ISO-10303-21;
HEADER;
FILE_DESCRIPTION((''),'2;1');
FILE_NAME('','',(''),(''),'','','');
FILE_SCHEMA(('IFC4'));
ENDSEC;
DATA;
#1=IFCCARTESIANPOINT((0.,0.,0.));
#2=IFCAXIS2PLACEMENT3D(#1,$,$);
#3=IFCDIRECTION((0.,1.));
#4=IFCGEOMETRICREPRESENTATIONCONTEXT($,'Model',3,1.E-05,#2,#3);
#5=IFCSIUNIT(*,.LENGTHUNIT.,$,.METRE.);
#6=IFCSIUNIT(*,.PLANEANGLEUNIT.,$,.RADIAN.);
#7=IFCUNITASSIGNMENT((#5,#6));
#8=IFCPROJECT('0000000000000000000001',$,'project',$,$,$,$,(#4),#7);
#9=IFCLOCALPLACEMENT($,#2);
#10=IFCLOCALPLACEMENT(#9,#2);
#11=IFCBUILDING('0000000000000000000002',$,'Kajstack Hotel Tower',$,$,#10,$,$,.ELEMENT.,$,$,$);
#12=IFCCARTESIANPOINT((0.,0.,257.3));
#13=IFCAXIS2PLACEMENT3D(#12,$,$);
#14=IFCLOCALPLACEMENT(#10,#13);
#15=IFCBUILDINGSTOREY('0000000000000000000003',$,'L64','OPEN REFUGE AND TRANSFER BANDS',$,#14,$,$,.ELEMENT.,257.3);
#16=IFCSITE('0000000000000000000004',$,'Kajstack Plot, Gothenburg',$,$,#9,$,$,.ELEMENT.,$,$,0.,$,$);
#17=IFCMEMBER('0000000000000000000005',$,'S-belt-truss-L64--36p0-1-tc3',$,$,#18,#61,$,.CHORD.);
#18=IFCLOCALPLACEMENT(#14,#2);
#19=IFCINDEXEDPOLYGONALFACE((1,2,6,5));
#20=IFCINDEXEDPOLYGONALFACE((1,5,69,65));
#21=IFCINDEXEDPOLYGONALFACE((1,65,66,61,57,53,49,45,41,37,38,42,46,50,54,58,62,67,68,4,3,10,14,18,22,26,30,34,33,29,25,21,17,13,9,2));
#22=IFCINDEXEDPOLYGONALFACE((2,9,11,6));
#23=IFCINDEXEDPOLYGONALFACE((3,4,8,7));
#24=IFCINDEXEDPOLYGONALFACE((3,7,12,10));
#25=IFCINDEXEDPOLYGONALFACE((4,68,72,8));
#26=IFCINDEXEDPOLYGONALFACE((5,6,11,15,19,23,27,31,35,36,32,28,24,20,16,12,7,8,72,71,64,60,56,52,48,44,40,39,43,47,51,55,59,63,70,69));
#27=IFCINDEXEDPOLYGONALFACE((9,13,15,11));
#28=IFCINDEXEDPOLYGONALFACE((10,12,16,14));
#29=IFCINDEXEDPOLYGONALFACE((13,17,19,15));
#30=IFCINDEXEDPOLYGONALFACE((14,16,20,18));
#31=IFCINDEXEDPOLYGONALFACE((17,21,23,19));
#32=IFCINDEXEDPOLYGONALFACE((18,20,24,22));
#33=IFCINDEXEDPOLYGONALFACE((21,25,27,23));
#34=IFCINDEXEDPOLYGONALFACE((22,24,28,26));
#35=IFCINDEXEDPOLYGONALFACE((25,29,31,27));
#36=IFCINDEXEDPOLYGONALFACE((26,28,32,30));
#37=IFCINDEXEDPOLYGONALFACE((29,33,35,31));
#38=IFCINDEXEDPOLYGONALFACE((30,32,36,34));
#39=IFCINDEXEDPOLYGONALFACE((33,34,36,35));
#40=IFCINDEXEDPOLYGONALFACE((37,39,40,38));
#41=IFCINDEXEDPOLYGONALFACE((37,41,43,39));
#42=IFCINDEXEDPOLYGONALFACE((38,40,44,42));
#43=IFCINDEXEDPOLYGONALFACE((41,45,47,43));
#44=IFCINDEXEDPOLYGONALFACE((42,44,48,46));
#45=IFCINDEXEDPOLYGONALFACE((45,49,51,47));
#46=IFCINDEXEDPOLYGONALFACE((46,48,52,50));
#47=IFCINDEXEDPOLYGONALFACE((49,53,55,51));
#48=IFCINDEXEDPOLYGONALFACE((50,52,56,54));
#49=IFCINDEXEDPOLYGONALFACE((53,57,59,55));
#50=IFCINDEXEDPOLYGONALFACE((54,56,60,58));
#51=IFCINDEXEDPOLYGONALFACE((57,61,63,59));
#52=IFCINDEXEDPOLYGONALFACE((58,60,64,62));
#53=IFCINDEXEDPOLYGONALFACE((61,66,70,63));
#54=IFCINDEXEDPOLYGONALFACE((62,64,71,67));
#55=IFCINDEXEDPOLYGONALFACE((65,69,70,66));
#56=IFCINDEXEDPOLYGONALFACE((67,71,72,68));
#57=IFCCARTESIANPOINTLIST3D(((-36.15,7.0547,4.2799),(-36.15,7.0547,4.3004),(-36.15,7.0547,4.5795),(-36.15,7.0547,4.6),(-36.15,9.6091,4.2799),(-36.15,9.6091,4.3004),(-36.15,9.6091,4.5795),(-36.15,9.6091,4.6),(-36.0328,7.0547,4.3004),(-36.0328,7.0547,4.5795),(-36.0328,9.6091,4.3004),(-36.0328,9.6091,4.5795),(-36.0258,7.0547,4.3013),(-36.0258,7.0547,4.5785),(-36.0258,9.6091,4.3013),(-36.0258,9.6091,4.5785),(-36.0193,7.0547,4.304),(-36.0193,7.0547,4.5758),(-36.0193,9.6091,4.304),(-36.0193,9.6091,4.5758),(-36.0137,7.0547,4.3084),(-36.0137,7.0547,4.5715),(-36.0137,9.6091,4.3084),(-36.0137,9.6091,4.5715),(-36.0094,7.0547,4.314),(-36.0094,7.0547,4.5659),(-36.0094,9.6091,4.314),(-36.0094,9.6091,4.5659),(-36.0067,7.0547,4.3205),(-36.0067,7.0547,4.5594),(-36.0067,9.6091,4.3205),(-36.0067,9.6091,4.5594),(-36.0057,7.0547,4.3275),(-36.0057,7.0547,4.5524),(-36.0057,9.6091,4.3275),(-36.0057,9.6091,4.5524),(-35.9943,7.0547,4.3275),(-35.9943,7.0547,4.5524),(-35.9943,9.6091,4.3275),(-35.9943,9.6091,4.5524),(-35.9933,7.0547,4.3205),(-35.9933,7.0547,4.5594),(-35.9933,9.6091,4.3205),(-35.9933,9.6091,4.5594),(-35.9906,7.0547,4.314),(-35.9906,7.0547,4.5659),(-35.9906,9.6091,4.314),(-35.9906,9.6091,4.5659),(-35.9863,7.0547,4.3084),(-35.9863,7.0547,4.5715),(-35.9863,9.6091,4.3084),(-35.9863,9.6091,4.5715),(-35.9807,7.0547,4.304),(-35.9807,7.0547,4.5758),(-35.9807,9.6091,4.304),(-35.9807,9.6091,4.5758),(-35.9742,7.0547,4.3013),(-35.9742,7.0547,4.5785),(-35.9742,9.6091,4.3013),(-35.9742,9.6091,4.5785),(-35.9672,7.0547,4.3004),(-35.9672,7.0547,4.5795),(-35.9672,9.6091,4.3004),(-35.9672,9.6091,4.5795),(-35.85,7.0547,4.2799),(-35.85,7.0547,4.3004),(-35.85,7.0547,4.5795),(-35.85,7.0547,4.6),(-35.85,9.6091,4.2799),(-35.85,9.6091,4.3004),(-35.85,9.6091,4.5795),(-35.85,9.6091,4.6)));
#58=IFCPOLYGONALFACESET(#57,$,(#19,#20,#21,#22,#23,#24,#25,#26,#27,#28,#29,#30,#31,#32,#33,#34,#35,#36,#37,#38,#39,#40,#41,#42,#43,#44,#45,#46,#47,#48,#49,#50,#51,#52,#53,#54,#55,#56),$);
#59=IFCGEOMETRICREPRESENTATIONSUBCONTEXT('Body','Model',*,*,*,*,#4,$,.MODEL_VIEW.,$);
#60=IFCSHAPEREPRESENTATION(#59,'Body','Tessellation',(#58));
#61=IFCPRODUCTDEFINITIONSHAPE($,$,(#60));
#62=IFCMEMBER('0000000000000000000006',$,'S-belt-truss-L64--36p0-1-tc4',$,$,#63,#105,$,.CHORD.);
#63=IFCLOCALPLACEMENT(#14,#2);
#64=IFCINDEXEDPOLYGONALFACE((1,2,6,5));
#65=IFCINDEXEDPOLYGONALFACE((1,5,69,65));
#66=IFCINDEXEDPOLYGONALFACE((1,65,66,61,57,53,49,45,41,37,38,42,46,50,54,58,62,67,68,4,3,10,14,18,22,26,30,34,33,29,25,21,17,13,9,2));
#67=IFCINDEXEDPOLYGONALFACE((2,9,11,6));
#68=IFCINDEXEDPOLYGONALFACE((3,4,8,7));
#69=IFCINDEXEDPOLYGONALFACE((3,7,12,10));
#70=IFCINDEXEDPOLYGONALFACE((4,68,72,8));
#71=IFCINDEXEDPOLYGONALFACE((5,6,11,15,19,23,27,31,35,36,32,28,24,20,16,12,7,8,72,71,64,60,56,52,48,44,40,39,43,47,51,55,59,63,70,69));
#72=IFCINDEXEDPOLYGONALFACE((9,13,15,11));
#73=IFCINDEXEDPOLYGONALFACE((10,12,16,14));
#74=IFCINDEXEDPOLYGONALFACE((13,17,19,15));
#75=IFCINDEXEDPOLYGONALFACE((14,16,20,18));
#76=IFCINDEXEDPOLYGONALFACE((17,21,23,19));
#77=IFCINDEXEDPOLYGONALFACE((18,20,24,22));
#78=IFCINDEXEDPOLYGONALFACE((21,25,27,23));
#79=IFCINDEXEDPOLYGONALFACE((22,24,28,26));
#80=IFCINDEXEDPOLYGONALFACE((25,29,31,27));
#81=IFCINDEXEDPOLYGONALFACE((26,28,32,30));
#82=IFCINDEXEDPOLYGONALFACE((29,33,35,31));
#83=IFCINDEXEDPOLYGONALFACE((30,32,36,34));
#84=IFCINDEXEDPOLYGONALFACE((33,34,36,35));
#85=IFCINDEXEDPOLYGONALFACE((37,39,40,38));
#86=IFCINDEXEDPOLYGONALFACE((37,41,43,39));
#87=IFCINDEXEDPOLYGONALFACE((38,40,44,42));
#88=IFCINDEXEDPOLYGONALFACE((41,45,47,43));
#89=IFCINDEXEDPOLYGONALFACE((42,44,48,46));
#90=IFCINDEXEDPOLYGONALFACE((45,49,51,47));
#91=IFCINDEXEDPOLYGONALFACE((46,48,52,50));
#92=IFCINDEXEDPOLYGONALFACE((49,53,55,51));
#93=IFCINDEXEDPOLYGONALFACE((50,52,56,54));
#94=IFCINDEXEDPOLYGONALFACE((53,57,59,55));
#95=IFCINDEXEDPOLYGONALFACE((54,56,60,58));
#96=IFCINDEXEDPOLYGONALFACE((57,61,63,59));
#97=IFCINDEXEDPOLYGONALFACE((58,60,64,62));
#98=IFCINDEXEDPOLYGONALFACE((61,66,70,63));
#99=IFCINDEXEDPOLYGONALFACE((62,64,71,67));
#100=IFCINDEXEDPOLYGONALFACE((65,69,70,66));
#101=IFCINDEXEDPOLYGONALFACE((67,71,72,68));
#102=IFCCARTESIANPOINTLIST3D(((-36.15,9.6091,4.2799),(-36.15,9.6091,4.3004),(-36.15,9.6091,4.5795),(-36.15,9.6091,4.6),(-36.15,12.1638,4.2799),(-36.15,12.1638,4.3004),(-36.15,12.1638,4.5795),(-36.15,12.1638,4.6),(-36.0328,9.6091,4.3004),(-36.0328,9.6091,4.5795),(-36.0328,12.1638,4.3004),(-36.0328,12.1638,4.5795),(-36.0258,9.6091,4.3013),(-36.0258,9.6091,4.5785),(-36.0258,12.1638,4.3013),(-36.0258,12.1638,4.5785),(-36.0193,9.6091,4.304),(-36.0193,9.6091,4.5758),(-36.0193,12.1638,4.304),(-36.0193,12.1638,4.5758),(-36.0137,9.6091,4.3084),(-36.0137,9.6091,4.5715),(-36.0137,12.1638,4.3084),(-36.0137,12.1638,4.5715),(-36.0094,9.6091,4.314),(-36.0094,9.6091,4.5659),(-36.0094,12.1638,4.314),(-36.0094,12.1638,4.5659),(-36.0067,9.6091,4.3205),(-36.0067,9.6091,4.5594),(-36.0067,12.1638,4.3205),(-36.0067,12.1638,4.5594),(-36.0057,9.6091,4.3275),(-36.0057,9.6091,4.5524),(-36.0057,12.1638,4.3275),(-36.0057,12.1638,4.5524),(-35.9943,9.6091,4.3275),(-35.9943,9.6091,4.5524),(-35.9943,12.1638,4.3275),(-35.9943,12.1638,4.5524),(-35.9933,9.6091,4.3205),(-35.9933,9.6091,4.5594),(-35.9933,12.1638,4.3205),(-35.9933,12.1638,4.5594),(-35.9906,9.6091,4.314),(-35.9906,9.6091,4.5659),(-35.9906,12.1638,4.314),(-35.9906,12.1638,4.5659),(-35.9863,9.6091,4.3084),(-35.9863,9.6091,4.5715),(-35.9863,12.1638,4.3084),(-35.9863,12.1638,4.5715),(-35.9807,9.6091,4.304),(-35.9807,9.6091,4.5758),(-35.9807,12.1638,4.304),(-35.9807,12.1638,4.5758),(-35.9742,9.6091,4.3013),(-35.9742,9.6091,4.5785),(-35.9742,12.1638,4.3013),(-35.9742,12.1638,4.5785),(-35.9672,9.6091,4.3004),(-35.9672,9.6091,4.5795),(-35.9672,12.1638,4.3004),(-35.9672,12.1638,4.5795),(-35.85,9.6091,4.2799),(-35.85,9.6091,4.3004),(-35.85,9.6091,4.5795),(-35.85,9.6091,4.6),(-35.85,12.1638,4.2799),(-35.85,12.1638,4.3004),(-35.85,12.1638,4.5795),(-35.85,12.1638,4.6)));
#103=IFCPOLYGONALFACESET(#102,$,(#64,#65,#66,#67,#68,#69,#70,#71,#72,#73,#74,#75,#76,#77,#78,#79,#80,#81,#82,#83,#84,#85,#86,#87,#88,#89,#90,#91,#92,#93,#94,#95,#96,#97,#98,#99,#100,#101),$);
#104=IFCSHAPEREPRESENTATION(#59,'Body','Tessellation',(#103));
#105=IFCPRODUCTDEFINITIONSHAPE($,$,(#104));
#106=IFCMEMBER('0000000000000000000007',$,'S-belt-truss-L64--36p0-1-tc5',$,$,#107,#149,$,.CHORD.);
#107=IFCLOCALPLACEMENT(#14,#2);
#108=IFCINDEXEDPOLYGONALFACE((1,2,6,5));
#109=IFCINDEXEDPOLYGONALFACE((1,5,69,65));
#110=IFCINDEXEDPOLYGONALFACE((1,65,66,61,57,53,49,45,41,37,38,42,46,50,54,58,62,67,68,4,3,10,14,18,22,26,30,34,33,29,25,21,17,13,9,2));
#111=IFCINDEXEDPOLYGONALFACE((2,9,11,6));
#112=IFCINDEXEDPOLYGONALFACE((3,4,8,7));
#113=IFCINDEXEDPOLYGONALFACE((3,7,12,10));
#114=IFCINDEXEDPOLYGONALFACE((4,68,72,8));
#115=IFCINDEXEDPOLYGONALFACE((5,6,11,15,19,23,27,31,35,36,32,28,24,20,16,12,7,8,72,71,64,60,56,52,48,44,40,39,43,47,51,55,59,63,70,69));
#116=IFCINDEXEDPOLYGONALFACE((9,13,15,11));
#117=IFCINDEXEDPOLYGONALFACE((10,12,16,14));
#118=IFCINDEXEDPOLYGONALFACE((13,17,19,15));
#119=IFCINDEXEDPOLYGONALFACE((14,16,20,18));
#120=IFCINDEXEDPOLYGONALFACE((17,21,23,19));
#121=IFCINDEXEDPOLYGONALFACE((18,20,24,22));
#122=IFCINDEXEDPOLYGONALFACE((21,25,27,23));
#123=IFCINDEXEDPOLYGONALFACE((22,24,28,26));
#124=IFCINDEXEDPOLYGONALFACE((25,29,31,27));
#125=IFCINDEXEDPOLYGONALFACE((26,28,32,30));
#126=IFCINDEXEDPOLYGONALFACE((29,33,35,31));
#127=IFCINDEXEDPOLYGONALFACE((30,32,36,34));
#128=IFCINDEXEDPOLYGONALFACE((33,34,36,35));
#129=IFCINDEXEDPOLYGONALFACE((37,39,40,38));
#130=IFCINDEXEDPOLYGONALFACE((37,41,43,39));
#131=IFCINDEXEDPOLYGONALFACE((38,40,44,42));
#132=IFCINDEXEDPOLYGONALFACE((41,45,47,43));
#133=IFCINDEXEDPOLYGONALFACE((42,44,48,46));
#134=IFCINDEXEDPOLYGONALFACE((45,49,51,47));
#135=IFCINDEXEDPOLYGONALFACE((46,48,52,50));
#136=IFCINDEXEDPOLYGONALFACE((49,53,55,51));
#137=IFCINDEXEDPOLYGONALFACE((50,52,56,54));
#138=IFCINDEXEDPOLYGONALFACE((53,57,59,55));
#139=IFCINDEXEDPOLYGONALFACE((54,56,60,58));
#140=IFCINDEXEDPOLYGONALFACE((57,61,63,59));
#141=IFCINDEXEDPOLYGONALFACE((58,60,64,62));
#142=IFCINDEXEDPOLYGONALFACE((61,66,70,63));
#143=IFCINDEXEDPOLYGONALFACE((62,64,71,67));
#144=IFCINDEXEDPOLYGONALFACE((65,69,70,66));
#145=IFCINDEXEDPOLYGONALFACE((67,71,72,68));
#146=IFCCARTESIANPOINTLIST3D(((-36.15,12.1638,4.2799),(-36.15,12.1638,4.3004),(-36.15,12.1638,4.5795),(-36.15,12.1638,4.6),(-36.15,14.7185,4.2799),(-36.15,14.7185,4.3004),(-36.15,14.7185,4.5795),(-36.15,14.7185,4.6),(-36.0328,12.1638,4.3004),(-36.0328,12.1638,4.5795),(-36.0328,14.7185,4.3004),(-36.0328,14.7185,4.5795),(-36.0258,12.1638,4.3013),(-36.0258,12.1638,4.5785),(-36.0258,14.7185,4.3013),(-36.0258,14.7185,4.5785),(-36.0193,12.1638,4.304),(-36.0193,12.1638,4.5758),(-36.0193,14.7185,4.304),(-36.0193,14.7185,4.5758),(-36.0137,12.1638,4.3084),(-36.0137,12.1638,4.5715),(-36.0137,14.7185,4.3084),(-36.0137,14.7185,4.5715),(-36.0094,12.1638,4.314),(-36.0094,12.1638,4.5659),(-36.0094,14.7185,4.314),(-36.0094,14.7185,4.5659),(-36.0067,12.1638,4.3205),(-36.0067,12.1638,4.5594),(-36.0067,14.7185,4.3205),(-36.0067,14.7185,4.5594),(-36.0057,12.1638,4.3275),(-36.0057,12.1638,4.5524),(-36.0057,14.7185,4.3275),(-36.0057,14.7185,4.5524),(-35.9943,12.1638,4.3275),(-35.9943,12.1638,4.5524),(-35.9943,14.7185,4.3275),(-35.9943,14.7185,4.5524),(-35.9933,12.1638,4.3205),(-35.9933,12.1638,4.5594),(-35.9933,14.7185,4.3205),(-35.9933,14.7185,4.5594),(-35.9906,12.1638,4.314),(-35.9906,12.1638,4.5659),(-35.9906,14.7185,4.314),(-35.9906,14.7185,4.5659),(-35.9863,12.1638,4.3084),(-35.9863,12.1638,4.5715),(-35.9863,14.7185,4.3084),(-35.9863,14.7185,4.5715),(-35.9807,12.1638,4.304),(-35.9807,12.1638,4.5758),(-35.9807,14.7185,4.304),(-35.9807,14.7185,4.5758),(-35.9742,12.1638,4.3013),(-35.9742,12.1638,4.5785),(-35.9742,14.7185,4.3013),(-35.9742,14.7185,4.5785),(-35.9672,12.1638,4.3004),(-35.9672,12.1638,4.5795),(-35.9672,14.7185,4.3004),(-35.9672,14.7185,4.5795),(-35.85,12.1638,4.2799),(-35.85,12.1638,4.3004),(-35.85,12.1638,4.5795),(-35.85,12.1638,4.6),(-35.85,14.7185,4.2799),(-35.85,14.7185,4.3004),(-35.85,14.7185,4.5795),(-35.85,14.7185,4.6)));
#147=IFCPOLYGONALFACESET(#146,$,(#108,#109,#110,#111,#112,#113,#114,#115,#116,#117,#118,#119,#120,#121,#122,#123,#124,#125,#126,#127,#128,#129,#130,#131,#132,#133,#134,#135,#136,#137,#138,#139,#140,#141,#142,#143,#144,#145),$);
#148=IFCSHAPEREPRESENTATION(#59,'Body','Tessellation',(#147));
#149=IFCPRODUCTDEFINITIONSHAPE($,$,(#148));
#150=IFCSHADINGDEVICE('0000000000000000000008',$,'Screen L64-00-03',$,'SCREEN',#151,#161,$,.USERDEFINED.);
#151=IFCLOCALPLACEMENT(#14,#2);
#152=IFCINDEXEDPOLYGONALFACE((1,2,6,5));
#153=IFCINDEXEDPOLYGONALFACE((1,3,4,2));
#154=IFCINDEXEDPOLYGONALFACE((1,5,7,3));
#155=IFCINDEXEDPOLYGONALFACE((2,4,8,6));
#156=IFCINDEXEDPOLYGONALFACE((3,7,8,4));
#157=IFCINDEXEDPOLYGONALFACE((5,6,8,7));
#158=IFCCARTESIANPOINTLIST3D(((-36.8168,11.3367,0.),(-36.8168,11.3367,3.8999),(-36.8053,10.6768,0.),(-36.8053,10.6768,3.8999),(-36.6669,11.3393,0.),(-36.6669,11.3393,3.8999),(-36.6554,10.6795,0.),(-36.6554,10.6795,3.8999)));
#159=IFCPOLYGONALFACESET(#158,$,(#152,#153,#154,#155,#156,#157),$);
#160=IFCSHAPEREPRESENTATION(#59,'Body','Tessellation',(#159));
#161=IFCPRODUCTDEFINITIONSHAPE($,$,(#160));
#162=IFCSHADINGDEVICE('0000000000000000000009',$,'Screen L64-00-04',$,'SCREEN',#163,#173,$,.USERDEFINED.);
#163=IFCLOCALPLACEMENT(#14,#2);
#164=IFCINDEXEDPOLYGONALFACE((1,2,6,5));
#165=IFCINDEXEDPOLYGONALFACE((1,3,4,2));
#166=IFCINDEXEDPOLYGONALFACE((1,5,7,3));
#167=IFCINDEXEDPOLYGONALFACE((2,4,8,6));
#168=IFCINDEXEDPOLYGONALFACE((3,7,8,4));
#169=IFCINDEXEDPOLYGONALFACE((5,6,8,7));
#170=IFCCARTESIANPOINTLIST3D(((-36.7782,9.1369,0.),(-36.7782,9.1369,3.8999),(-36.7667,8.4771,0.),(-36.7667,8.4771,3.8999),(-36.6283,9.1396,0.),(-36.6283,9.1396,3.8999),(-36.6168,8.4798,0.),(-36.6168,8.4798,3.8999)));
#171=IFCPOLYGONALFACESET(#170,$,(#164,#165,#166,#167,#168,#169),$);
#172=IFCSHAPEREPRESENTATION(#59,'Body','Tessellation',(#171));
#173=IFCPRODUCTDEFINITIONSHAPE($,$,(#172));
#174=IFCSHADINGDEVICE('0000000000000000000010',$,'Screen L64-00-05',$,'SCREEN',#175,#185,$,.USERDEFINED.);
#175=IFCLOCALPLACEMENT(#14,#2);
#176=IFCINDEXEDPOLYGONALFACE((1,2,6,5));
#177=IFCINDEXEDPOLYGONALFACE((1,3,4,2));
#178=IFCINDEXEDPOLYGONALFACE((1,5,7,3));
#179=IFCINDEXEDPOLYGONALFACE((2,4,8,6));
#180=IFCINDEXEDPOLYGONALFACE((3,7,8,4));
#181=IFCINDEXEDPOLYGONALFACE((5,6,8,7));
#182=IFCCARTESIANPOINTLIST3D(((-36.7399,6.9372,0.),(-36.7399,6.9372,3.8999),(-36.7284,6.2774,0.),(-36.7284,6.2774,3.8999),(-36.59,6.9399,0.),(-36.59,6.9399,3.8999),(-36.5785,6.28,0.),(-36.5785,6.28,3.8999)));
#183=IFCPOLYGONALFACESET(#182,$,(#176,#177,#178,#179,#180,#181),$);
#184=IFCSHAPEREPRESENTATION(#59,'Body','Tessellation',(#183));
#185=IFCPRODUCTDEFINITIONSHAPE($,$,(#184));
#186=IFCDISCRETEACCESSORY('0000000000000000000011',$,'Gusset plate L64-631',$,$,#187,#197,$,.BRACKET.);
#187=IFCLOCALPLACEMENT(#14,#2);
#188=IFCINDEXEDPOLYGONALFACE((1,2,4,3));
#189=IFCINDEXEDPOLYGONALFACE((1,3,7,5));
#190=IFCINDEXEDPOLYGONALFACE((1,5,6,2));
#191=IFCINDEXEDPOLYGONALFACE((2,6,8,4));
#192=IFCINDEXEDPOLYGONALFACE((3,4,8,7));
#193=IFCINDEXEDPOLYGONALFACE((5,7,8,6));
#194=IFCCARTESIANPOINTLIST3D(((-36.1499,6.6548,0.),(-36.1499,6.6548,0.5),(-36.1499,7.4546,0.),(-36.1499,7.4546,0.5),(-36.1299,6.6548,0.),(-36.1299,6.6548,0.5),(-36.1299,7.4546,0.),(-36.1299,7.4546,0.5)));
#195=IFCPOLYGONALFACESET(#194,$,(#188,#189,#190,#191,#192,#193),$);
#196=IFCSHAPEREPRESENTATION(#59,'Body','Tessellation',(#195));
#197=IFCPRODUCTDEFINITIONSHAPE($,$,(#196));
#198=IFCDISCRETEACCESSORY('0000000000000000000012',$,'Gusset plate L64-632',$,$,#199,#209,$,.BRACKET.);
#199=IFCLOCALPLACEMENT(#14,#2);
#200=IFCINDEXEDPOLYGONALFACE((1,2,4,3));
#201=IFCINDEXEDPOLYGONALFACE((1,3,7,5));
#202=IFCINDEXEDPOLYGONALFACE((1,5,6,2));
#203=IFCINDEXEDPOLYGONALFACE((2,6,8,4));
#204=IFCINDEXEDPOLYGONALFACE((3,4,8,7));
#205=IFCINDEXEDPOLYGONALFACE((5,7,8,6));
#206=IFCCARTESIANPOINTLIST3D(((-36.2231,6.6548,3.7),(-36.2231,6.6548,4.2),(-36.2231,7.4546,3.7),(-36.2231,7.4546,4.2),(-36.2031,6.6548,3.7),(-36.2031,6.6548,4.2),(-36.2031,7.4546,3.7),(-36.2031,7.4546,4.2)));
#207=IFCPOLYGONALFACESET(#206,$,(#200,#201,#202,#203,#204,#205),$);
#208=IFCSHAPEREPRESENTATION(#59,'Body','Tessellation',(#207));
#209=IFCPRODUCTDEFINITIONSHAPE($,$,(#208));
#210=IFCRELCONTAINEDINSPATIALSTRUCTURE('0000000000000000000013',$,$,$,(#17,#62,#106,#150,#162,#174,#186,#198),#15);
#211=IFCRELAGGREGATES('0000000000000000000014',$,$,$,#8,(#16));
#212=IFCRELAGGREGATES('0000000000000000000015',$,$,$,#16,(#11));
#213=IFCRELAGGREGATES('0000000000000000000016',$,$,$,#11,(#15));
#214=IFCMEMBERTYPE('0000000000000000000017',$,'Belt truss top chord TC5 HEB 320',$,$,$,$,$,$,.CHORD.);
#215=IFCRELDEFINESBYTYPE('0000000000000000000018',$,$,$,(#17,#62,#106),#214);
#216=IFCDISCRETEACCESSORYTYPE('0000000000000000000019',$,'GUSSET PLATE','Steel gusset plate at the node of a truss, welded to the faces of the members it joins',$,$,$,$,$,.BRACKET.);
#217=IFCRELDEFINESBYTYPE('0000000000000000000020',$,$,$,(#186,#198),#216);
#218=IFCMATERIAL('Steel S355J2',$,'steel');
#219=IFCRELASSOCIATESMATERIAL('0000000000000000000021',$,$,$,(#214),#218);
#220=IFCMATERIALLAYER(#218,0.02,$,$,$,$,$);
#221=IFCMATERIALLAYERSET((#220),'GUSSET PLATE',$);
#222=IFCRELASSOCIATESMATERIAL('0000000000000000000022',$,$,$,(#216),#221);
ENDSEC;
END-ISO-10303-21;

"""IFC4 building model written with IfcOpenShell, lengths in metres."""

from ifc_helpers import new_model, si_unit, direction, frame, origin, origin_2d, place, context, subcontext, project, spatial, polyline, rectangle, i_section, outline, extrude, material, layer, layer_set, material_profile, profile_set, type_object, element, save


model = new_model("IFC4")

# Units and contexts
model_context = context("Model", 3, precision=1e-05, world=origin(), true_north=direction((0.0, 1.0)))
body_context = subcontext(model_context, "Body", "Model", "MODEL_VIEW")
ifc_project = project(units=[si_unit("LENGTHUNIT", "METRE"), si_unit("PLANEANGLEUNIT", "RADIAN")], contexts=[model_context])

# Site, building, storey
site_placement = place(None, origin())
site = spatial("IfcSite", under=ifc_project, at=site_placement, Name="Kajstack Plot, Gothenburg", CompositionType="ELEMENT", RefElevation=0.0)
building_placement = place(site_placement, origin())
building = spatial("IfcBuilding", under=site, at=building_placement, Name="Kajstack Hotel Tower", CompositionType="ELEMENT")
storey_placement = place(building_placement, frame((0.0, 0.0, 257.3)))
storey = spatial("IfcBuildingStorey", under=building, at=storey_placement, Name="L64", Description="OPEN REFUGE AND TRANSFER BANDS", CompositionType="ELEMENT", Elevation=257.3)

# Members
ifc_material = material(Name="Steel S355J2", Category="steel")
ifc_material_profile_1 = material_profile(ifc_material, i_section(OverallWidth=0.3, OverallDepth=0.3201, WebThickness=0.0115, FlangeThickness=0.0205, FilletRadius=0.0271, at=origin_2d()), Name="HEB 320")
ifc_profile_set_1 = profile_set([ifc_material_profile_1], Name="Steel S355J2")
member_type_1 = type_object("IfcMemberType", Name="Belt truss top chord TC5 HEB 320", PredefinedType="CHORD", material=ifc_profile_set_1)
member_1_placement = place(storey_placement, frame((-36.0, 7.0547, 4.4399), z_axis=(0.0, 1.0, 0.0), x_axis=(-1.0, 0.0, 0.0)))
element("IfcMember", 1, at=member_1_placement, inside=storey, type_object=member_type_1, Name="S-belt-truss-L64--36p0-1-tc3", PredefinedType="CHORD", context=body_context, shape_type="SweptSolid", body=[
    extrude(i_section(OverallWidth=0.3, OverallDepth=0.3201, WebThickness=0.0115, FlangeThickness=0.0205, FilletRadius=0.0271, at=origin_2d()), origin(), (0.0, 0.0, 1.0), 2.5544),
])
for number, where, z_axis, x_axis, name in (
    (2, (-36.0, 9.6091, 4.4399), (0.0, 1.0, 0.0), (-1.0, 0.0, 0.0), "S-belt-truss-L64--36p0-1-tc4"),
    (3, (-36.0, 12.1638, 4.4399), (0.0, 1.0, 0.0), (-1.0, 0.0, 0.0), "S-belt-truss-L64--36p0-1-tc5"),
):
    element("IfcMember", number, at=place(storey_placement, frame(where, z_axis=z_axis, x_axis=x_axis)), inside=storey, type_object=member_type_1, Name=name, PredefinedType="CHORD", context=body_context, shape_type="SweptSolid", body=[
        extrude(i_section(OverallWidth=0.3, OverallDepth=0.3201, WebThickness=0.0115, FlangeThickness=0.0205, FilletRadius=0.0271, at=origin_2d()), origin(), (0.0, 0.0, 1.0), 2.5547),
    ])

# Shading devices
for number, where, z_axis, x_axis, name in (
    (4, (-36.7361, 11.0081, 0.0), (0.0, 0.0, 1.0), (0.017455, -0.999848, 0.0), "Screen L64-00-03"),
    (5, (-36.6975, 8.8083, 0.0), (0.0, 0.0, 1.0), (0.017455, -0.999848, 0.0), "Screen L64-00-04"),
    (6, (-36.6592, 6.6086, 0.0), (0.0, 0.0, 1.0), (0.017455, -0.999848, 0.0), "Screen L64-00-05"),
):
    element("IfcShadingDevice", number, at=place(storey_placement, frame(where, z_axis=z_axis, x_axis=x_axis)), inside=storey, Name=name, ObjectType="SCREEN", PredefinedType="USERDEFINED", context=body_context, shape_type="SweptSolid", body=[
        extrude(rectangle(XDim=0.6599, YDim=0.1499, at=origin_2d()), origin(), (0.0, 0.0, 1.0), 3.8999),
    ])

# Discrete accessories
ifc_layer = layer(ifc_material, 0.02)
ifc_layer_set = layer_set([ifc_layer], Name="GUSSET PLATE")
discrete_accessory_type = type_object("IfcDiscreteAccessoryType", Name="GUSSET PLATE", Description="Steel gusset plate at the node of a truss, welded to the faces of the members it joins", PredefinedType="BRACKET", material=ifc_layer_set)
for number, where, z_axis, x_axis, name in (
    (7, (-36.1499, 7.0547, 0.0), (1.0, 0.0, 0.0), (0.0, 1.0, 0.0), "Gusset plate L64-631"),
    (8, (-36.2231, 7.0547, 3.7), (1.0, 0.0, 0.0), (0.0, 1.0, 0.0), "Gusset plate L64-632"),
):
    element("IfcDiscreteAccessory", number, at=place(storey_placement, frame(where, z_axis=z_axis, x_axis=x_axis)), inside=storey, type_object=discrete_accessory_type, Name=name, PredefinedType="BRACKET", context=body_context, shape_type="SweptSolid", body=[
        extrude(outline(polyline([(-0.3999, 0.0), (0.3999, 0.0), (0.3999, 0.5), (-0.3999, 0.5), (-0.3999, 0.0)])), origin(), (0.0, 0.0, 1.0), 0.02),
    ])

save(model, "model.ifc")
